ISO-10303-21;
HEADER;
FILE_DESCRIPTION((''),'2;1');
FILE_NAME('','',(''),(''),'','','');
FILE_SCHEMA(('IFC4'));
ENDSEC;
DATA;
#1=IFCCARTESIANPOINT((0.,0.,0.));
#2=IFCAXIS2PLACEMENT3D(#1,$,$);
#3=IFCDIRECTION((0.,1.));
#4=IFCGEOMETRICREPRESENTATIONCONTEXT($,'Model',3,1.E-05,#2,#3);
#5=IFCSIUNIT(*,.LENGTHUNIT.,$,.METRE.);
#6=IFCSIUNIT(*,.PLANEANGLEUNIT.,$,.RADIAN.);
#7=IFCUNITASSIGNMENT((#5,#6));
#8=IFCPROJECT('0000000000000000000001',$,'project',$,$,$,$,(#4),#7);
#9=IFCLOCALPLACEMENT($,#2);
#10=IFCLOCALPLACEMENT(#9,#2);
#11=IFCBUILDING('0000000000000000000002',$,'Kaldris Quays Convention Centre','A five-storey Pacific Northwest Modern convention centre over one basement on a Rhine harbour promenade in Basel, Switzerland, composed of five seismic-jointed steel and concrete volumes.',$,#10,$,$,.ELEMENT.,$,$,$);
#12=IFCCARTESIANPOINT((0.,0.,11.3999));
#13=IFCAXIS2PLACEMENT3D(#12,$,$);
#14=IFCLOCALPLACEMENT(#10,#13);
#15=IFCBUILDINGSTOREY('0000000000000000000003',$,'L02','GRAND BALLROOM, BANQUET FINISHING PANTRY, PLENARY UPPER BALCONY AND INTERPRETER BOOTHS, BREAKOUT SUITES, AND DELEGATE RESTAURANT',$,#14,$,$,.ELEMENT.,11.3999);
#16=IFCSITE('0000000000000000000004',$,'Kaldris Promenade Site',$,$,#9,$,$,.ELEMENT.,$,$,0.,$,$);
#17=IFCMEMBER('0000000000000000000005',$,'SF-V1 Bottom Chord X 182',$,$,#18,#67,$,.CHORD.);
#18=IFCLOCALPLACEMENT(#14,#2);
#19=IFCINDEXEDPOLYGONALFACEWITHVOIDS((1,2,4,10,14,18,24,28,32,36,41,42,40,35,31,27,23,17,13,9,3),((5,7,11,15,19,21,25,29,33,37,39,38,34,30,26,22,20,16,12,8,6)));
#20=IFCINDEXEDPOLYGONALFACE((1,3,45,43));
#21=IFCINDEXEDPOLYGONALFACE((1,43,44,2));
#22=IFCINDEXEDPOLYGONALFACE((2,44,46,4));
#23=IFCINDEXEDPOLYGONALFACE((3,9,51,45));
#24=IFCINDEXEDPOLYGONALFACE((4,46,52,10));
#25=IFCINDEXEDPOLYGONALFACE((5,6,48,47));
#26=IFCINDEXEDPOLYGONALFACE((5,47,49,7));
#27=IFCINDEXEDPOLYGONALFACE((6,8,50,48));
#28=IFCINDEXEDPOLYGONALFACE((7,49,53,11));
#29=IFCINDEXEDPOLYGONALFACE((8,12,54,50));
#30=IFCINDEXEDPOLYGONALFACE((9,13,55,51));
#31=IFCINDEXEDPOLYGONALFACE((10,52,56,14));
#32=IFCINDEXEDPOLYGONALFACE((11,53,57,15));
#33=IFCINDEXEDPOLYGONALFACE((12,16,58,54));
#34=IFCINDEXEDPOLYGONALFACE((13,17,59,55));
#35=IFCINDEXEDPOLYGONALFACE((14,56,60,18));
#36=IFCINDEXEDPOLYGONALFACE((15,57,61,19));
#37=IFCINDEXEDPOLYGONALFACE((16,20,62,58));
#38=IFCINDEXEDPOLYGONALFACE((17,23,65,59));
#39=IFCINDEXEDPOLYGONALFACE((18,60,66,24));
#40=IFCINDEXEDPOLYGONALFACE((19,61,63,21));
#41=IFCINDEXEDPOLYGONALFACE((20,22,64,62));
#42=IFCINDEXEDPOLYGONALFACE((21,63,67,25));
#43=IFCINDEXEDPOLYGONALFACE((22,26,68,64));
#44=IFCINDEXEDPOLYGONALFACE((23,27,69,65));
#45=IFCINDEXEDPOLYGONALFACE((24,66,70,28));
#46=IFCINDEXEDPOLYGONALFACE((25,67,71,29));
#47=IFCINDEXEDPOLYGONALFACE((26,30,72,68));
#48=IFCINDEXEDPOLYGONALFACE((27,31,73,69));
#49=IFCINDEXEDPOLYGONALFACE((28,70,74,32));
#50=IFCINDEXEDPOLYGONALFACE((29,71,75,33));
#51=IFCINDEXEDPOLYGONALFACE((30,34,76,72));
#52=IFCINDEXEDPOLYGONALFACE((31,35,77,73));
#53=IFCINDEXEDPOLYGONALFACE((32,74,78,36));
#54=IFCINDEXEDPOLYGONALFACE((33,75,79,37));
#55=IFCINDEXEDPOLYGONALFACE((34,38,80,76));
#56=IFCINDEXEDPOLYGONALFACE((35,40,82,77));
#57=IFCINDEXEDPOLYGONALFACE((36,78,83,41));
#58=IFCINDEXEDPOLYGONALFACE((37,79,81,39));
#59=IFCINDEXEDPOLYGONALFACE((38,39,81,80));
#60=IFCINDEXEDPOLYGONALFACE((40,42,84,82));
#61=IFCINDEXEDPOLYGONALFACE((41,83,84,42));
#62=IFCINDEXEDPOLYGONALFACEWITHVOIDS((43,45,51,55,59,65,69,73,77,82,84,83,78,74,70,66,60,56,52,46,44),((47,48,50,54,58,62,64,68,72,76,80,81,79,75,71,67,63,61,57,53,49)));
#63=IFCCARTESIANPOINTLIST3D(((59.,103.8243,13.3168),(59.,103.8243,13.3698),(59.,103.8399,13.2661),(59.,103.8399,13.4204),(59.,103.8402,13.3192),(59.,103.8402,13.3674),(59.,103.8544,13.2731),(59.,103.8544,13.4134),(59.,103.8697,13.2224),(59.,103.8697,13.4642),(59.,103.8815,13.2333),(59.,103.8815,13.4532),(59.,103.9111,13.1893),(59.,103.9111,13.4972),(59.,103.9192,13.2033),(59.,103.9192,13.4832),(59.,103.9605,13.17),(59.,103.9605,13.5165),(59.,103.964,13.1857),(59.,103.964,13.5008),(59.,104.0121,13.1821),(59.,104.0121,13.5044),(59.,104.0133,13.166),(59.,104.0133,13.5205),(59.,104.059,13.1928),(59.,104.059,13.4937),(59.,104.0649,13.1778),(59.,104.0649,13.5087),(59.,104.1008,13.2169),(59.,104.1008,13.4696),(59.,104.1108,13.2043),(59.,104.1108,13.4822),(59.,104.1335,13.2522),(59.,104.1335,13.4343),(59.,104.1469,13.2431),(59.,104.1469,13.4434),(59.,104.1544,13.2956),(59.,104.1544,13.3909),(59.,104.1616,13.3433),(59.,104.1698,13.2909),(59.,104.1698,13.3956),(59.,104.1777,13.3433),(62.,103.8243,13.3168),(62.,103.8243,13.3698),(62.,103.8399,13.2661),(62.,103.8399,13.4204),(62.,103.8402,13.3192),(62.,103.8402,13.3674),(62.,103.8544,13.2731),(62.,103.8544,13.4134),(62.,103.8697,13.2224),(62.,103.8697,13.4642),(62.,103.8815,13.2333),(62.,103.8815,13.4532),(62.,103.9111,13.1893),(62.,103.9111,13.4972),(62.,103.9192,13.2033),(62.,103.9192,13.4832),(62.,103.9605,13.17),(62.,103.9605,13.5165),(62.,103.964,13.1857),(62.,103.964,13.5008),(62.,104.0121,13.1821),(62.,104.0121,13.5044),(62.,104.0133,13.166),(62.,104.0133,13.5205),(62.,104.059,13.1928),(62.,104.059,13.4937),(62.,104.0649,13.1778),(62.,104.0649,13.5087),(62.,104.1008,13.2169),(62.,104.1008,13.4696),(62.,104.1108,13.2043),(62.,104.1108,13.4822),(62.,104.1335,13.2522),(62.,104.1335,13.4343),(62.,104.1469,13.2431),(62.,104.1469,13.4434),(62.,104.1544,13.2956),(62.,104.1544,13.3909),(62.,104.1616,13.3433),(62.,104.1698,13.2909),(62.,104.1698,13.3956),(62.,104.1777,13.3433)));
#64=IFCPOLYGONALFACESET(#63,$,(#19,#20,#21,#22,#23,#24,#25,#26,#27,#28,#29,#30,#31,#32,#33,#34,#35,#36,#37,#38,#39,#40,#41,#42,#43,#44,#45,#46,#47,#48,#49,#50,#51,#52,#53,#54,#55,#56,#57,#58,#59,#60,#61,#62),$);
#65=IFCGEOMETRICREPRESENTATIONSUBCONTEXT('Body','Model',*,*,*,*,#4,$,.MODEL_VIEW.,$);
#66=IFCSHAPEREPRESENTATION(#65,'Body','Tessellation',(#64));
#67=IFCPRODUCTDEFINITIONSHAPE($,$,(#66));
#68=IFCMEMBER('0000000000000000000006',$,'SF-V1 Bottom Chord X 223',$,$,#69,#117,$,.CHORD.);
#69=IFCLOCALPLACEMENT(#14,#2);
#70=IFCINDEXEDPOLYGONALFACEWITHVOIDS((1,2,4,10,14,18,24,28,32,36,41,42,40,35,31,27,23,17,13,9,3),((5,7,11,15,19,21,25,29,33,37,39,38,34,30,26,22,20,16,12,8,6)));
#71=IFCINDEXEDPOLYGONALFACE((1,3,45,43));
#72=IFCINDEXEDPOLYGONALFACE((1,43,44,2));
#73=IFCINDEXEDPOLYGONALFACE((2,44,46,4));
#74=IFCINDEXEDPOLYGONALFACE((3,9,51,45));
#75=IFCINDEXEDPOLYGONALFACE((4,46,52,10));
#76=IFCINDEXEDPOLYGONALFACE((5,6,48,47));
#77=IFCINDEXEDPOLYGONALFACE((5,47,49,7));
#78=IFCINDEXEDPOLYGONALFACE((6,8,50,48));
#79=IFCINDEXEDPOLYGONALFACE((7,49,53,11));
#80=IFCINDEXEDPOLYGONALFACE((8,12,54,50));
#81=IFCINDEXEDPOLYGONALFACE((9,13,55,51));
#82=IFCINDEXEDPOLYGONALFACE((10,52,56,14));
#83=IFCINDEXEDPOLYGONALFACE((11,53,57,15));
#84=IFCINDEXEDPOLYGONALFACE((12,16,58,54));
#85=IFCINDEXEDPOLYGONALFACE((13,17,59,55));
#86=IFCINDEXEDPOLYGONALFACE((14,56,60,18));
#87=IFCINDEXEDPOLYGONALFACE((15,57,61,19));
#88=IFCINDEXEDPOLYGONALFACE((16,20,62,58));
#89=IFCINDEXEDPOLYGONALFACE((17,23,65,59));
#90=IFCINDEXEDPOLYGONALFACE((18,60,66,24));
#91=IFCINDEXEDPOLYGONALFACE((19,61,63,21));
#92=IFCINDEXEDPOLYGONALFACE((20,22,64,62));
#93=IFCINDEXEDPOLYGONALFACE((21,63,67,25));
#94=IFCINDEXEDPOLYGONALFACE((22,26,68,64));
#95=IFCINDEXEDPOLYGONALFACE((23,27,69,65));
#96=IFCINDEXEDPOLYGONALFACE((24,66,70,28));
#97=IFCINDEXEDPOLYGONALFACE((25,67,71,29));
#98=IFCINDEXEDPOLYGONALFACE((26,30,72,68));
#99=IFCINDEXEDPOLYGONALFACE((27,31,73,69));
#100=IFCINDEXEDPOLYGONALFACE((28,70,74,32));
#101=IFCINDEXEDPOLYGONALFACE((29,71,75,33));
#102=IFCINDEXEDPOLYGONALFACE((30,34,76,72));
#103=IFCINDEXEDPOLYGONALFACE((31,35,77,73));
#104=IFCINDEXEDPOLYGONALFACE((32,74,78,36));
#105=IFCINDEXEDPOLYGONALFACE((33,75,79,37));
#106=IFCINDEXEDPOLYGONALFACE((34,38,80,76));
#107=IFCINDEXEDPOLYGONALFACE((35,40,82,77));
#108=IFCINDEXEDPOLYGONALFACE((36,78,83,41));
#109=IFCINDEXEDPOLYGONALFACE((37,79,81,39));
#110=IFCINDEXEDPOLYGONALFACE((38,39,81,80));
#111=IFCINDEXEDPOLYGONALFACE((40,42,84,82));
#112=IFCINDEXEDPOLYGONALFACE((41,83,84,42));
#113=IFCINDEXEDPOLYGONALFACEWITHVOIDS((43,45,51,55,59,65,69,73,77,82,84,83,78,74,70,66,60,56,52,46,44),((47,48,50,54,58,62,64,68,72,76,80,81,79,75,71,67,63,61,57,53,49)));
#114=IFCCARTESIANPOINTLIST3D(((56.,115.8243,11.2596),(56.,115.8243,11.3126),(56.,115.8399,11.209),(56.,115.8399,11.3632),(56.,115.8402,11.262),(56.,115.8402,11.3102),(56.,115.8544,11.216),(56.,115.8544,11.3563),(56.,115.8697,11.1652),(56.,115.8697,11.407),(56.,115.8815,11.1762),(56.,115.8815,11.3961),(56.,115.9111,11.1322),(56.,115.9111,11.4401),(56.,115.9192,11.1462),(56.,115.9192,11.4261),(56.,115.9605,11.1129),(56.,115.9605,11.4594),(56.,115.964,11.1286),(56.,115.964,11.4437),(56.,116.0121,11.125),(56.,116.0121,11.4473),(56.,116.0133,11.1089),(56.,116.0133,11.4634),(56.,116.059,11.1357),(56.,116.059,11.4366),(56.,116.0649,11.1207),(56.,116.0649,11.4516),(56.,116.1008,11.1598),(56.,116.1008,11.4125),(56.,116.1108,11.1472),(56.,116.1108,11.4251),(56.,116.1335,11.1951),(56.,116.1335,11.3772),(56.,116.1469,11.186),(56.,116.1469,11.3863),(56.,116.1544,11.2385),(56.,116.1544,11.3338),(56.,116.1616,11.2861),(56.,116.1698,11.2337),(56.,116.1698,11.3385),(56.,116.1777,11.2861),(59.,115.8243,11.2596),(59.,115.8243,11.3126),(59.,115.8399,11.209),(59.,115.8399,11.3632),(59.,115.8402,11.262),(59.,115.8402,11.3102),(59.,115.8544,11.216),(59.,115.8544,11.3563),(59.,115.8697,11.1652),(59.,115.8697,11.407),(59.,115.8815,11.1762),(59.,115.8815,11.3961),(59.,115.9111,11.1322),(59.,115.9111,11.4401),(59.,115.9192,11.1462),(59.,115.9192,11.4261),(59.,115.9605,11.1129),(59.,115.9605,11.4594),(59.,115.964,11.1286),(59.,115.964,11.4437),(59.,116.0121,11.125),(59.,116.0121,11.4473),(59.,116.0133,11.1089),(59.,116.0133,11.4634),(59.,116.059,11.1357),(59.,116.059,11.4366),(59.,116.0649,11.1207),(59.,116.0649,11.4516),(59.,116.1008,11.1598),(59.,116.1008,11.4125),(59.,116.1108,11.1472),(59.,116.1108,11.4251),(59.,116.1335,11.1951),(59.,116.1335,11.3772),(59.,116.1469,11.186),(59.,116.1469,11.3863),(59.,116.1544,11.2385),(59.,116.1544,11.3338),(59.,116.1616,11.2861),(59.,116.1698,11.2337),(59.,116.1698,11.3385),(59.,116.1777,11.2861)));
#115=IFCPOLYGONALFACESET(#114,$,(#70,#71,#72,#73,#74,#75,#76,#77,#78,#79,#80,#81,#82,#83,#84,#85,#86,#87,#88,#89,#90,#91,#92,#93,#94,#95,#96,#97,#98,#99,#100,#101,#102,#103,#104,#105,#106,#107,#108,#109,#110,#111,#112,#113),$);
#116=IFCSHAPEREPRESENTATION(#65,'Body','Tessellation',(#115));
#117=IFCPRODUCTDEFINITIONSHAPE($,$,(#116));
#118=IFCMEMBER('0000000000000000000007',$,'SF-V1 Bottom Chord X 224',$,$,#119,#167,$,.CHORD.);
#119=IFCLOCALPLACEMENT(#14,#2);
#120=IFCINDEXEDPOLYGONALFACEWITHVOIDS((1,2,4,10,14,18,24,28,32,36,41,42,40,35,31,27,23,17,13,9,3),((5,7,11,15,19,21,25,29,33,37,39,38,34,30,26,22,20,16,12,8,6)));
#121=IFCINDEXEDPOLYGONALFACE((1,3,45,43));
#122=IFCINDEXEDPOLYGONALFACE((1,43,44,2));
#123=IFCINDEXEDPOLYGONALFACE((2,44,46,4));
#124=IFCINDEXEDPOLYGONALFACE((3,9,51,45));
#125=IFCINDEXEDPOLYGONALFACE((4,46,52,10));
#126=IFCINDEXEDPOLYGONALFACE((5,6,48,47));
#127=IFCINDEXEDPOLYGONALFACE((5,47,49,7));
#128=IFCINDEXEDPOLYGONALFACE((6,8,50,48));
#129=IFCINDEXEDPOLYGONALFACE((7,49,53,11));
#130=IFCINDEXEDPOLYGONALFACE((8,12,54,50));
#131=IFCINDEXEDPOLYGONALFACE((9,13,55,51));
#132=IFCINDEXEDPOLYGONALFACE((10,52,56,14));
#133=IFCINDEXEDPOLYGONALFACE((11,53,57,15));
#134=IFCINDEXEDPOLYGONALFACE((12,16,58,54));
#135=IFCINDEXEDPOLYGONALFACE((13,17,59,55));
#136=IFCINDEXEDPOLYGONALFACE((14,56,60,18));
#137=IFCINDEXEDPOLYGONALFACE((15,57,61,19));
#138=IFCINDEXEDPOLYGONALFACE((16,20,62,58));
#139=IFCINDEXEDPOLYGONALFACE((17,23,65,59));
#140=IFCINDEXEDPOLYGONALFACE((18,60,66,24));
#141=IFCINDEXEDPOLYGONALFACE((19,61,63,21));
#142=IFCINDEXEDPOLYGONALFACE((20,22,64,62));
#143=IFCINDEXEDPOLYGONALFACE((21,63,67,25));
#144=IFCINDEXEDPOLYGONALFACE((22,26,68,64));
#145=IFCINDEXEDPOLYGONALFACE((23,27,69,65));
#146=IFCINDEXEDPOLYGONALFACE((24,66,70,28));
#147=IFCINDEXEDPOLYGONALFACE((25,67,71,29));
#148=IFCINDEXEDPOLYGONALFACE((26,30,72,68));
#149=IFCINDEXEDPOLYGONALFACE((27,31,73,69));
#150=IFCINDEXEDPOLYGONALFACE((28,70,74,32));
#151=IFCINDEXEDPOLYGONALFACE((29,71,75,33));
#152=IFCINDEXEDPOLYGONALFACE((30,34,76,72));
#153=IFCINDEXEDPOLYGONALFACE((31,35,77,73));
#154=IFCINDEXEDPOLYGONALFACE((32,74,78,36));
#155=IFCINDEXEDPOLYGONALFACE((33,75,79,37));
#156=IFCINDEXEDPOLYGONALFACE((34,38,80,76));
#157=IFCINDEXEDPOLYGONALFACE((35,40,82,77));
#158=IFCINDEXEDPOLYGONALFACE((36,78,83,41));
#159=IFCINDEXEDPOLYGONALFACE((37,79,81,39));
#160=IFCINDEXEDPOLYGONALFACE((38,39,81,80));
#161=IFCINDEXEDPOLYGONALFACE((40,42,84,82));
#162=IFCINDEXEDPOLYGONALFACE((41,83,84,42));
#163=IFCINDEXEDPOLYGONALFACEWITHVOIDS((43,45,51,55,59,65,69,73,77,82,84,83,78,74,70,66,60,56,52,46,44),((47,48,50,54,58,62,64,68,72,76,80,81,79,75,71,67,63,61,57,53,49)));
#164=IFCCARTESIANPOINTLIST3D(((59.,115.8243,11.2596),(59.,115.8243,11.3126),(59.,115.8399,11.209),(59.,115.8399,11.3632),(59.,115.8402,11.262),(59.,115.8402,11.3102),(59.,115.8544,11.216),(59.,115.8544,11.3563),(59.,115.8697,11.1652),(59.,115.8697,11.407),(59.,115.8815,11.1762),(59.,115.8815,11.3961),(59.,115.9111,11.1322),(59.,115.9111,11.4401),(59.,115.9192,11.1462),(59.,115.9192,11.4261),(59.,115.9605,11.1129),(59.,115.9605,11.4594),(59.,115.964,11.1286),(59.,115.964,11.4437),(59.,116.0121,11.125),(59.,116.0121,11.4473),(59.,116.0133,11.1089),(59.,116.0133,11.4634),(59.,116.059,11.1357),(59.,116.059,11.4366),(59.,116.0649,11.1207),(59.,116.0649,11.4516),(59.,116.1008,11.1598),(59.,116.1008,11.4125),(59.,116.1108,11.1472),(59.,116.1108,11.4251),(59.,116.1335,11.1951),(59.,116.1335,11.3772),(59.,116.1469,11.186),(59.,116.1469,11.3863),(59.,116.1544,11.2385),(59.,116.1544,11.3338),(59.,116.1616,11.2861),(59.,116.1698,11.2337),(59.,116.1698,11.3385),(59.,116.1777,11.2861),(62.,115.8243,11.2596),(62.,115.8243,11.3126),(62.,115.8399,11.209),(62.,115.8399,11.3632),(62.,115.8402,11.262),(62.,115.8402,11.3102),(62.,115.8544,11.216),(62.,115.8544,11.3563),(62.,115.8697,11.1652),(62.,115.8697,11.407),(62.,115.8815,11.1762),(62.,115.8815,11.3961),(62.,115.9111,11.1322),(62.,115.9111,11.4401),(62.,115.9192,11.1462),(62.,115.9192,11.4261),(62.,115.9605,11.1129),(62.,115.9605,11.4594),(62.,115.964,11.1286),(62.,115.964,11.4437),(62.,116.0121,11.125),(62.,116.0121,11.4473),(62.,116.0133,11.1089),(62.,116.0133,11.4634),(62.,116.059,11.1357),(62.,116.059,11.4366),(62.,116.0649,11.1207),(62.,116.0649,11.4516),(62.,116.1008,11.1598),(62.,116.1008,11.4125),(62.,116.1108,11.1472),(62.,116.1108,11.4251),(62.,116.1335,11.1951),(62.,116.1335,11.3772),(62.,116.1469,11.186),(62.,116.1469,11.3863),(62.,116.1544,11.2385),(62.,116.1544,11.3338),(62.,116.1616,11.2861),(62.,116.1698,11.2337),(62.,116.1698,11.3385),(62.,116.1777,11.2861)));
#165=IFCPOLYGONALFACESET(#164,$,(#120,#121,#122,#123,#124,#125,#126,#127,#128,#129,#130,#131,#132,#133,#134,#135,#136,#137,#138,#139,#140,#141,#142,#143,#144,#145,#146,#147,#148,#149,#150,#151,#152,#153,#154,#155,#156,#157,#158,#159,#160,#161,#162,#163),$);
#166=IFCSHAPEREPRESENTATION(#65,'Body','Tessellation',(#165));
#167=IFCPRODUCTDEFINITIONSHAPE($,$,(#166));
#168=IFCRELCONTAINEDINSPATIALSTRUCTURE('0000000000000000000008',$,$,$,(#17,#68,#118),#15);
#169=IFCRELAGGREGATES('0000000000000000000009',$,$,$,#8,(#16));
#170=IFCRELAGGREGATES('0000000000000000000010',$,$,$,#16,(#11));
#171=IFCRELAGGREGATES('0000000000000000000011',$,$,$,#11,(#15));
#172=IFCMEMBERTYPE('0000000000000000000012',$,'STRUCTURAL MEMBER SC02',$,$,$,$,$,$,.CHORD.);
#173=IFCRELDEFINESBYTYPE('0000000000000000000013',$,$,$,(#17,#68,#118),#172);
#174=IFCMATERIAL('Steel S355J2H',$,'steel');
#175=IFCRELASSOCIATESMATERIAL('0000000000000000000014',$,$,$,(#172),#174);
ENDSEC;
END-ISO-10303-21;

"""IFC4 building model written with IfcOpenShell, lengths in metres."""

from ifc_helpers import new_model, si_unit, direction, frame, origin, origin_2d, place, context, subcontext, project, spatial, hollow_circle, extrude, material, material_profile, profile_set, type_object, element, save


model = new_model("IFC4")

# Units and contexts
model_context = context("Model", 3, precision=1e-05, world=origin(), true_north=direction((0.0, 1.0)))
body_context = subcontext(model_context, "Body", "Model", "MODEL_VIEW")
ifc_project = project(units=[si_unit("LENGTHUNIT", "METRE"), si_unit("PLANEANGLEUNIT", "RADIAN")], contexts=[model_context])

# Site, building, storey
site_placement = place(None, origin())
site = spatial("IfcSite", under=ifc_project, at=site_placement, Name="Kaldris Promenade Site", CompositionType="ELEMENT", RefElevation=0.0)
building_placement = place(site_placement, origin())
building = spatial("IfcBuilding", under=site, at=building_placement, Name="Kaldris Quays Convention Centre", Description="A five-storey Pacific Northwest Modern convention centre over one basement on a Rhine harbour promenade in Basel, Switzerland, composed of five seismic-jointed steel and concrete volumes.", CompositionType="ELEMENT")
storey_placement = place(building_placement, frame((0.0, 0.0, 11.3999)))
storey = spatial("IfcBuildingStorey", under=building, at=storey_placement, Name="L02", Description="GRAND BALLROOM, BANQUET FINISHING PANTRY, PLENARY UPPER BALCONY AND INTERPRETER BOOTHS, BREAKOUT SUITES, AND DELEGATE RESTAURANT", CompositionType="ELEMENT", Elevation=11.3999)

# Members
ifc_material_1 = material(Name="Steel S355J2H", Category="steel")
ifc_material_profile_1 = material_profile(ifc_material_1, hollow_circle(Radius=0.1777, WallThickness=0.0161, at=origin_2d()), Name="CHS 355.6x16")
ifc_profile_set_1 = profile_set([ifc_material_profile_1], Name="Steel S355J2H")
member_type_1 = type_object("IfcMemberType", Name="STRUCTURAL MEMBER SC02", PredefinedType="CHORD", material=ifc_profile_set_1)
for number, where, z_axis, x_axis, name in (
    (1, (59.0, 104.0, 13.3433), (1.0, 0.0, 0.0), (0.0, 1.0, 0.0), "SF-V1 Bottom Chord X 182"),
    (2, (56.0, 116.0, 11.2861), (1.0, 0.0, 0.0), (0.0, 1.0, 0.0), "SF-V1 Bottom Chord X 223"),
    (3, (59.0, 116.0, 11.2861), (1.0, 0.0, 0.0), (0.0, 1.0, 0.0), "SF-V1 Bottom Chord X 224"),
):
    element("IfcMember", number, at=place(storey_placement, frame(where, z_axis=z_axis, x_axis=x_axis)), inside=storey, type_object=member_type_1, Name=name, PredefinedType="CHORD", context=body_context, shape_type="SweptSolid", body=[
        extrude(hollow_circle(Radius=0.1777, WallThickness=0.0161, at=origin_2d()), origin(), (0.0, 0.0, 1.0), 3.0),
    ])

save(model, "model.ifc")
